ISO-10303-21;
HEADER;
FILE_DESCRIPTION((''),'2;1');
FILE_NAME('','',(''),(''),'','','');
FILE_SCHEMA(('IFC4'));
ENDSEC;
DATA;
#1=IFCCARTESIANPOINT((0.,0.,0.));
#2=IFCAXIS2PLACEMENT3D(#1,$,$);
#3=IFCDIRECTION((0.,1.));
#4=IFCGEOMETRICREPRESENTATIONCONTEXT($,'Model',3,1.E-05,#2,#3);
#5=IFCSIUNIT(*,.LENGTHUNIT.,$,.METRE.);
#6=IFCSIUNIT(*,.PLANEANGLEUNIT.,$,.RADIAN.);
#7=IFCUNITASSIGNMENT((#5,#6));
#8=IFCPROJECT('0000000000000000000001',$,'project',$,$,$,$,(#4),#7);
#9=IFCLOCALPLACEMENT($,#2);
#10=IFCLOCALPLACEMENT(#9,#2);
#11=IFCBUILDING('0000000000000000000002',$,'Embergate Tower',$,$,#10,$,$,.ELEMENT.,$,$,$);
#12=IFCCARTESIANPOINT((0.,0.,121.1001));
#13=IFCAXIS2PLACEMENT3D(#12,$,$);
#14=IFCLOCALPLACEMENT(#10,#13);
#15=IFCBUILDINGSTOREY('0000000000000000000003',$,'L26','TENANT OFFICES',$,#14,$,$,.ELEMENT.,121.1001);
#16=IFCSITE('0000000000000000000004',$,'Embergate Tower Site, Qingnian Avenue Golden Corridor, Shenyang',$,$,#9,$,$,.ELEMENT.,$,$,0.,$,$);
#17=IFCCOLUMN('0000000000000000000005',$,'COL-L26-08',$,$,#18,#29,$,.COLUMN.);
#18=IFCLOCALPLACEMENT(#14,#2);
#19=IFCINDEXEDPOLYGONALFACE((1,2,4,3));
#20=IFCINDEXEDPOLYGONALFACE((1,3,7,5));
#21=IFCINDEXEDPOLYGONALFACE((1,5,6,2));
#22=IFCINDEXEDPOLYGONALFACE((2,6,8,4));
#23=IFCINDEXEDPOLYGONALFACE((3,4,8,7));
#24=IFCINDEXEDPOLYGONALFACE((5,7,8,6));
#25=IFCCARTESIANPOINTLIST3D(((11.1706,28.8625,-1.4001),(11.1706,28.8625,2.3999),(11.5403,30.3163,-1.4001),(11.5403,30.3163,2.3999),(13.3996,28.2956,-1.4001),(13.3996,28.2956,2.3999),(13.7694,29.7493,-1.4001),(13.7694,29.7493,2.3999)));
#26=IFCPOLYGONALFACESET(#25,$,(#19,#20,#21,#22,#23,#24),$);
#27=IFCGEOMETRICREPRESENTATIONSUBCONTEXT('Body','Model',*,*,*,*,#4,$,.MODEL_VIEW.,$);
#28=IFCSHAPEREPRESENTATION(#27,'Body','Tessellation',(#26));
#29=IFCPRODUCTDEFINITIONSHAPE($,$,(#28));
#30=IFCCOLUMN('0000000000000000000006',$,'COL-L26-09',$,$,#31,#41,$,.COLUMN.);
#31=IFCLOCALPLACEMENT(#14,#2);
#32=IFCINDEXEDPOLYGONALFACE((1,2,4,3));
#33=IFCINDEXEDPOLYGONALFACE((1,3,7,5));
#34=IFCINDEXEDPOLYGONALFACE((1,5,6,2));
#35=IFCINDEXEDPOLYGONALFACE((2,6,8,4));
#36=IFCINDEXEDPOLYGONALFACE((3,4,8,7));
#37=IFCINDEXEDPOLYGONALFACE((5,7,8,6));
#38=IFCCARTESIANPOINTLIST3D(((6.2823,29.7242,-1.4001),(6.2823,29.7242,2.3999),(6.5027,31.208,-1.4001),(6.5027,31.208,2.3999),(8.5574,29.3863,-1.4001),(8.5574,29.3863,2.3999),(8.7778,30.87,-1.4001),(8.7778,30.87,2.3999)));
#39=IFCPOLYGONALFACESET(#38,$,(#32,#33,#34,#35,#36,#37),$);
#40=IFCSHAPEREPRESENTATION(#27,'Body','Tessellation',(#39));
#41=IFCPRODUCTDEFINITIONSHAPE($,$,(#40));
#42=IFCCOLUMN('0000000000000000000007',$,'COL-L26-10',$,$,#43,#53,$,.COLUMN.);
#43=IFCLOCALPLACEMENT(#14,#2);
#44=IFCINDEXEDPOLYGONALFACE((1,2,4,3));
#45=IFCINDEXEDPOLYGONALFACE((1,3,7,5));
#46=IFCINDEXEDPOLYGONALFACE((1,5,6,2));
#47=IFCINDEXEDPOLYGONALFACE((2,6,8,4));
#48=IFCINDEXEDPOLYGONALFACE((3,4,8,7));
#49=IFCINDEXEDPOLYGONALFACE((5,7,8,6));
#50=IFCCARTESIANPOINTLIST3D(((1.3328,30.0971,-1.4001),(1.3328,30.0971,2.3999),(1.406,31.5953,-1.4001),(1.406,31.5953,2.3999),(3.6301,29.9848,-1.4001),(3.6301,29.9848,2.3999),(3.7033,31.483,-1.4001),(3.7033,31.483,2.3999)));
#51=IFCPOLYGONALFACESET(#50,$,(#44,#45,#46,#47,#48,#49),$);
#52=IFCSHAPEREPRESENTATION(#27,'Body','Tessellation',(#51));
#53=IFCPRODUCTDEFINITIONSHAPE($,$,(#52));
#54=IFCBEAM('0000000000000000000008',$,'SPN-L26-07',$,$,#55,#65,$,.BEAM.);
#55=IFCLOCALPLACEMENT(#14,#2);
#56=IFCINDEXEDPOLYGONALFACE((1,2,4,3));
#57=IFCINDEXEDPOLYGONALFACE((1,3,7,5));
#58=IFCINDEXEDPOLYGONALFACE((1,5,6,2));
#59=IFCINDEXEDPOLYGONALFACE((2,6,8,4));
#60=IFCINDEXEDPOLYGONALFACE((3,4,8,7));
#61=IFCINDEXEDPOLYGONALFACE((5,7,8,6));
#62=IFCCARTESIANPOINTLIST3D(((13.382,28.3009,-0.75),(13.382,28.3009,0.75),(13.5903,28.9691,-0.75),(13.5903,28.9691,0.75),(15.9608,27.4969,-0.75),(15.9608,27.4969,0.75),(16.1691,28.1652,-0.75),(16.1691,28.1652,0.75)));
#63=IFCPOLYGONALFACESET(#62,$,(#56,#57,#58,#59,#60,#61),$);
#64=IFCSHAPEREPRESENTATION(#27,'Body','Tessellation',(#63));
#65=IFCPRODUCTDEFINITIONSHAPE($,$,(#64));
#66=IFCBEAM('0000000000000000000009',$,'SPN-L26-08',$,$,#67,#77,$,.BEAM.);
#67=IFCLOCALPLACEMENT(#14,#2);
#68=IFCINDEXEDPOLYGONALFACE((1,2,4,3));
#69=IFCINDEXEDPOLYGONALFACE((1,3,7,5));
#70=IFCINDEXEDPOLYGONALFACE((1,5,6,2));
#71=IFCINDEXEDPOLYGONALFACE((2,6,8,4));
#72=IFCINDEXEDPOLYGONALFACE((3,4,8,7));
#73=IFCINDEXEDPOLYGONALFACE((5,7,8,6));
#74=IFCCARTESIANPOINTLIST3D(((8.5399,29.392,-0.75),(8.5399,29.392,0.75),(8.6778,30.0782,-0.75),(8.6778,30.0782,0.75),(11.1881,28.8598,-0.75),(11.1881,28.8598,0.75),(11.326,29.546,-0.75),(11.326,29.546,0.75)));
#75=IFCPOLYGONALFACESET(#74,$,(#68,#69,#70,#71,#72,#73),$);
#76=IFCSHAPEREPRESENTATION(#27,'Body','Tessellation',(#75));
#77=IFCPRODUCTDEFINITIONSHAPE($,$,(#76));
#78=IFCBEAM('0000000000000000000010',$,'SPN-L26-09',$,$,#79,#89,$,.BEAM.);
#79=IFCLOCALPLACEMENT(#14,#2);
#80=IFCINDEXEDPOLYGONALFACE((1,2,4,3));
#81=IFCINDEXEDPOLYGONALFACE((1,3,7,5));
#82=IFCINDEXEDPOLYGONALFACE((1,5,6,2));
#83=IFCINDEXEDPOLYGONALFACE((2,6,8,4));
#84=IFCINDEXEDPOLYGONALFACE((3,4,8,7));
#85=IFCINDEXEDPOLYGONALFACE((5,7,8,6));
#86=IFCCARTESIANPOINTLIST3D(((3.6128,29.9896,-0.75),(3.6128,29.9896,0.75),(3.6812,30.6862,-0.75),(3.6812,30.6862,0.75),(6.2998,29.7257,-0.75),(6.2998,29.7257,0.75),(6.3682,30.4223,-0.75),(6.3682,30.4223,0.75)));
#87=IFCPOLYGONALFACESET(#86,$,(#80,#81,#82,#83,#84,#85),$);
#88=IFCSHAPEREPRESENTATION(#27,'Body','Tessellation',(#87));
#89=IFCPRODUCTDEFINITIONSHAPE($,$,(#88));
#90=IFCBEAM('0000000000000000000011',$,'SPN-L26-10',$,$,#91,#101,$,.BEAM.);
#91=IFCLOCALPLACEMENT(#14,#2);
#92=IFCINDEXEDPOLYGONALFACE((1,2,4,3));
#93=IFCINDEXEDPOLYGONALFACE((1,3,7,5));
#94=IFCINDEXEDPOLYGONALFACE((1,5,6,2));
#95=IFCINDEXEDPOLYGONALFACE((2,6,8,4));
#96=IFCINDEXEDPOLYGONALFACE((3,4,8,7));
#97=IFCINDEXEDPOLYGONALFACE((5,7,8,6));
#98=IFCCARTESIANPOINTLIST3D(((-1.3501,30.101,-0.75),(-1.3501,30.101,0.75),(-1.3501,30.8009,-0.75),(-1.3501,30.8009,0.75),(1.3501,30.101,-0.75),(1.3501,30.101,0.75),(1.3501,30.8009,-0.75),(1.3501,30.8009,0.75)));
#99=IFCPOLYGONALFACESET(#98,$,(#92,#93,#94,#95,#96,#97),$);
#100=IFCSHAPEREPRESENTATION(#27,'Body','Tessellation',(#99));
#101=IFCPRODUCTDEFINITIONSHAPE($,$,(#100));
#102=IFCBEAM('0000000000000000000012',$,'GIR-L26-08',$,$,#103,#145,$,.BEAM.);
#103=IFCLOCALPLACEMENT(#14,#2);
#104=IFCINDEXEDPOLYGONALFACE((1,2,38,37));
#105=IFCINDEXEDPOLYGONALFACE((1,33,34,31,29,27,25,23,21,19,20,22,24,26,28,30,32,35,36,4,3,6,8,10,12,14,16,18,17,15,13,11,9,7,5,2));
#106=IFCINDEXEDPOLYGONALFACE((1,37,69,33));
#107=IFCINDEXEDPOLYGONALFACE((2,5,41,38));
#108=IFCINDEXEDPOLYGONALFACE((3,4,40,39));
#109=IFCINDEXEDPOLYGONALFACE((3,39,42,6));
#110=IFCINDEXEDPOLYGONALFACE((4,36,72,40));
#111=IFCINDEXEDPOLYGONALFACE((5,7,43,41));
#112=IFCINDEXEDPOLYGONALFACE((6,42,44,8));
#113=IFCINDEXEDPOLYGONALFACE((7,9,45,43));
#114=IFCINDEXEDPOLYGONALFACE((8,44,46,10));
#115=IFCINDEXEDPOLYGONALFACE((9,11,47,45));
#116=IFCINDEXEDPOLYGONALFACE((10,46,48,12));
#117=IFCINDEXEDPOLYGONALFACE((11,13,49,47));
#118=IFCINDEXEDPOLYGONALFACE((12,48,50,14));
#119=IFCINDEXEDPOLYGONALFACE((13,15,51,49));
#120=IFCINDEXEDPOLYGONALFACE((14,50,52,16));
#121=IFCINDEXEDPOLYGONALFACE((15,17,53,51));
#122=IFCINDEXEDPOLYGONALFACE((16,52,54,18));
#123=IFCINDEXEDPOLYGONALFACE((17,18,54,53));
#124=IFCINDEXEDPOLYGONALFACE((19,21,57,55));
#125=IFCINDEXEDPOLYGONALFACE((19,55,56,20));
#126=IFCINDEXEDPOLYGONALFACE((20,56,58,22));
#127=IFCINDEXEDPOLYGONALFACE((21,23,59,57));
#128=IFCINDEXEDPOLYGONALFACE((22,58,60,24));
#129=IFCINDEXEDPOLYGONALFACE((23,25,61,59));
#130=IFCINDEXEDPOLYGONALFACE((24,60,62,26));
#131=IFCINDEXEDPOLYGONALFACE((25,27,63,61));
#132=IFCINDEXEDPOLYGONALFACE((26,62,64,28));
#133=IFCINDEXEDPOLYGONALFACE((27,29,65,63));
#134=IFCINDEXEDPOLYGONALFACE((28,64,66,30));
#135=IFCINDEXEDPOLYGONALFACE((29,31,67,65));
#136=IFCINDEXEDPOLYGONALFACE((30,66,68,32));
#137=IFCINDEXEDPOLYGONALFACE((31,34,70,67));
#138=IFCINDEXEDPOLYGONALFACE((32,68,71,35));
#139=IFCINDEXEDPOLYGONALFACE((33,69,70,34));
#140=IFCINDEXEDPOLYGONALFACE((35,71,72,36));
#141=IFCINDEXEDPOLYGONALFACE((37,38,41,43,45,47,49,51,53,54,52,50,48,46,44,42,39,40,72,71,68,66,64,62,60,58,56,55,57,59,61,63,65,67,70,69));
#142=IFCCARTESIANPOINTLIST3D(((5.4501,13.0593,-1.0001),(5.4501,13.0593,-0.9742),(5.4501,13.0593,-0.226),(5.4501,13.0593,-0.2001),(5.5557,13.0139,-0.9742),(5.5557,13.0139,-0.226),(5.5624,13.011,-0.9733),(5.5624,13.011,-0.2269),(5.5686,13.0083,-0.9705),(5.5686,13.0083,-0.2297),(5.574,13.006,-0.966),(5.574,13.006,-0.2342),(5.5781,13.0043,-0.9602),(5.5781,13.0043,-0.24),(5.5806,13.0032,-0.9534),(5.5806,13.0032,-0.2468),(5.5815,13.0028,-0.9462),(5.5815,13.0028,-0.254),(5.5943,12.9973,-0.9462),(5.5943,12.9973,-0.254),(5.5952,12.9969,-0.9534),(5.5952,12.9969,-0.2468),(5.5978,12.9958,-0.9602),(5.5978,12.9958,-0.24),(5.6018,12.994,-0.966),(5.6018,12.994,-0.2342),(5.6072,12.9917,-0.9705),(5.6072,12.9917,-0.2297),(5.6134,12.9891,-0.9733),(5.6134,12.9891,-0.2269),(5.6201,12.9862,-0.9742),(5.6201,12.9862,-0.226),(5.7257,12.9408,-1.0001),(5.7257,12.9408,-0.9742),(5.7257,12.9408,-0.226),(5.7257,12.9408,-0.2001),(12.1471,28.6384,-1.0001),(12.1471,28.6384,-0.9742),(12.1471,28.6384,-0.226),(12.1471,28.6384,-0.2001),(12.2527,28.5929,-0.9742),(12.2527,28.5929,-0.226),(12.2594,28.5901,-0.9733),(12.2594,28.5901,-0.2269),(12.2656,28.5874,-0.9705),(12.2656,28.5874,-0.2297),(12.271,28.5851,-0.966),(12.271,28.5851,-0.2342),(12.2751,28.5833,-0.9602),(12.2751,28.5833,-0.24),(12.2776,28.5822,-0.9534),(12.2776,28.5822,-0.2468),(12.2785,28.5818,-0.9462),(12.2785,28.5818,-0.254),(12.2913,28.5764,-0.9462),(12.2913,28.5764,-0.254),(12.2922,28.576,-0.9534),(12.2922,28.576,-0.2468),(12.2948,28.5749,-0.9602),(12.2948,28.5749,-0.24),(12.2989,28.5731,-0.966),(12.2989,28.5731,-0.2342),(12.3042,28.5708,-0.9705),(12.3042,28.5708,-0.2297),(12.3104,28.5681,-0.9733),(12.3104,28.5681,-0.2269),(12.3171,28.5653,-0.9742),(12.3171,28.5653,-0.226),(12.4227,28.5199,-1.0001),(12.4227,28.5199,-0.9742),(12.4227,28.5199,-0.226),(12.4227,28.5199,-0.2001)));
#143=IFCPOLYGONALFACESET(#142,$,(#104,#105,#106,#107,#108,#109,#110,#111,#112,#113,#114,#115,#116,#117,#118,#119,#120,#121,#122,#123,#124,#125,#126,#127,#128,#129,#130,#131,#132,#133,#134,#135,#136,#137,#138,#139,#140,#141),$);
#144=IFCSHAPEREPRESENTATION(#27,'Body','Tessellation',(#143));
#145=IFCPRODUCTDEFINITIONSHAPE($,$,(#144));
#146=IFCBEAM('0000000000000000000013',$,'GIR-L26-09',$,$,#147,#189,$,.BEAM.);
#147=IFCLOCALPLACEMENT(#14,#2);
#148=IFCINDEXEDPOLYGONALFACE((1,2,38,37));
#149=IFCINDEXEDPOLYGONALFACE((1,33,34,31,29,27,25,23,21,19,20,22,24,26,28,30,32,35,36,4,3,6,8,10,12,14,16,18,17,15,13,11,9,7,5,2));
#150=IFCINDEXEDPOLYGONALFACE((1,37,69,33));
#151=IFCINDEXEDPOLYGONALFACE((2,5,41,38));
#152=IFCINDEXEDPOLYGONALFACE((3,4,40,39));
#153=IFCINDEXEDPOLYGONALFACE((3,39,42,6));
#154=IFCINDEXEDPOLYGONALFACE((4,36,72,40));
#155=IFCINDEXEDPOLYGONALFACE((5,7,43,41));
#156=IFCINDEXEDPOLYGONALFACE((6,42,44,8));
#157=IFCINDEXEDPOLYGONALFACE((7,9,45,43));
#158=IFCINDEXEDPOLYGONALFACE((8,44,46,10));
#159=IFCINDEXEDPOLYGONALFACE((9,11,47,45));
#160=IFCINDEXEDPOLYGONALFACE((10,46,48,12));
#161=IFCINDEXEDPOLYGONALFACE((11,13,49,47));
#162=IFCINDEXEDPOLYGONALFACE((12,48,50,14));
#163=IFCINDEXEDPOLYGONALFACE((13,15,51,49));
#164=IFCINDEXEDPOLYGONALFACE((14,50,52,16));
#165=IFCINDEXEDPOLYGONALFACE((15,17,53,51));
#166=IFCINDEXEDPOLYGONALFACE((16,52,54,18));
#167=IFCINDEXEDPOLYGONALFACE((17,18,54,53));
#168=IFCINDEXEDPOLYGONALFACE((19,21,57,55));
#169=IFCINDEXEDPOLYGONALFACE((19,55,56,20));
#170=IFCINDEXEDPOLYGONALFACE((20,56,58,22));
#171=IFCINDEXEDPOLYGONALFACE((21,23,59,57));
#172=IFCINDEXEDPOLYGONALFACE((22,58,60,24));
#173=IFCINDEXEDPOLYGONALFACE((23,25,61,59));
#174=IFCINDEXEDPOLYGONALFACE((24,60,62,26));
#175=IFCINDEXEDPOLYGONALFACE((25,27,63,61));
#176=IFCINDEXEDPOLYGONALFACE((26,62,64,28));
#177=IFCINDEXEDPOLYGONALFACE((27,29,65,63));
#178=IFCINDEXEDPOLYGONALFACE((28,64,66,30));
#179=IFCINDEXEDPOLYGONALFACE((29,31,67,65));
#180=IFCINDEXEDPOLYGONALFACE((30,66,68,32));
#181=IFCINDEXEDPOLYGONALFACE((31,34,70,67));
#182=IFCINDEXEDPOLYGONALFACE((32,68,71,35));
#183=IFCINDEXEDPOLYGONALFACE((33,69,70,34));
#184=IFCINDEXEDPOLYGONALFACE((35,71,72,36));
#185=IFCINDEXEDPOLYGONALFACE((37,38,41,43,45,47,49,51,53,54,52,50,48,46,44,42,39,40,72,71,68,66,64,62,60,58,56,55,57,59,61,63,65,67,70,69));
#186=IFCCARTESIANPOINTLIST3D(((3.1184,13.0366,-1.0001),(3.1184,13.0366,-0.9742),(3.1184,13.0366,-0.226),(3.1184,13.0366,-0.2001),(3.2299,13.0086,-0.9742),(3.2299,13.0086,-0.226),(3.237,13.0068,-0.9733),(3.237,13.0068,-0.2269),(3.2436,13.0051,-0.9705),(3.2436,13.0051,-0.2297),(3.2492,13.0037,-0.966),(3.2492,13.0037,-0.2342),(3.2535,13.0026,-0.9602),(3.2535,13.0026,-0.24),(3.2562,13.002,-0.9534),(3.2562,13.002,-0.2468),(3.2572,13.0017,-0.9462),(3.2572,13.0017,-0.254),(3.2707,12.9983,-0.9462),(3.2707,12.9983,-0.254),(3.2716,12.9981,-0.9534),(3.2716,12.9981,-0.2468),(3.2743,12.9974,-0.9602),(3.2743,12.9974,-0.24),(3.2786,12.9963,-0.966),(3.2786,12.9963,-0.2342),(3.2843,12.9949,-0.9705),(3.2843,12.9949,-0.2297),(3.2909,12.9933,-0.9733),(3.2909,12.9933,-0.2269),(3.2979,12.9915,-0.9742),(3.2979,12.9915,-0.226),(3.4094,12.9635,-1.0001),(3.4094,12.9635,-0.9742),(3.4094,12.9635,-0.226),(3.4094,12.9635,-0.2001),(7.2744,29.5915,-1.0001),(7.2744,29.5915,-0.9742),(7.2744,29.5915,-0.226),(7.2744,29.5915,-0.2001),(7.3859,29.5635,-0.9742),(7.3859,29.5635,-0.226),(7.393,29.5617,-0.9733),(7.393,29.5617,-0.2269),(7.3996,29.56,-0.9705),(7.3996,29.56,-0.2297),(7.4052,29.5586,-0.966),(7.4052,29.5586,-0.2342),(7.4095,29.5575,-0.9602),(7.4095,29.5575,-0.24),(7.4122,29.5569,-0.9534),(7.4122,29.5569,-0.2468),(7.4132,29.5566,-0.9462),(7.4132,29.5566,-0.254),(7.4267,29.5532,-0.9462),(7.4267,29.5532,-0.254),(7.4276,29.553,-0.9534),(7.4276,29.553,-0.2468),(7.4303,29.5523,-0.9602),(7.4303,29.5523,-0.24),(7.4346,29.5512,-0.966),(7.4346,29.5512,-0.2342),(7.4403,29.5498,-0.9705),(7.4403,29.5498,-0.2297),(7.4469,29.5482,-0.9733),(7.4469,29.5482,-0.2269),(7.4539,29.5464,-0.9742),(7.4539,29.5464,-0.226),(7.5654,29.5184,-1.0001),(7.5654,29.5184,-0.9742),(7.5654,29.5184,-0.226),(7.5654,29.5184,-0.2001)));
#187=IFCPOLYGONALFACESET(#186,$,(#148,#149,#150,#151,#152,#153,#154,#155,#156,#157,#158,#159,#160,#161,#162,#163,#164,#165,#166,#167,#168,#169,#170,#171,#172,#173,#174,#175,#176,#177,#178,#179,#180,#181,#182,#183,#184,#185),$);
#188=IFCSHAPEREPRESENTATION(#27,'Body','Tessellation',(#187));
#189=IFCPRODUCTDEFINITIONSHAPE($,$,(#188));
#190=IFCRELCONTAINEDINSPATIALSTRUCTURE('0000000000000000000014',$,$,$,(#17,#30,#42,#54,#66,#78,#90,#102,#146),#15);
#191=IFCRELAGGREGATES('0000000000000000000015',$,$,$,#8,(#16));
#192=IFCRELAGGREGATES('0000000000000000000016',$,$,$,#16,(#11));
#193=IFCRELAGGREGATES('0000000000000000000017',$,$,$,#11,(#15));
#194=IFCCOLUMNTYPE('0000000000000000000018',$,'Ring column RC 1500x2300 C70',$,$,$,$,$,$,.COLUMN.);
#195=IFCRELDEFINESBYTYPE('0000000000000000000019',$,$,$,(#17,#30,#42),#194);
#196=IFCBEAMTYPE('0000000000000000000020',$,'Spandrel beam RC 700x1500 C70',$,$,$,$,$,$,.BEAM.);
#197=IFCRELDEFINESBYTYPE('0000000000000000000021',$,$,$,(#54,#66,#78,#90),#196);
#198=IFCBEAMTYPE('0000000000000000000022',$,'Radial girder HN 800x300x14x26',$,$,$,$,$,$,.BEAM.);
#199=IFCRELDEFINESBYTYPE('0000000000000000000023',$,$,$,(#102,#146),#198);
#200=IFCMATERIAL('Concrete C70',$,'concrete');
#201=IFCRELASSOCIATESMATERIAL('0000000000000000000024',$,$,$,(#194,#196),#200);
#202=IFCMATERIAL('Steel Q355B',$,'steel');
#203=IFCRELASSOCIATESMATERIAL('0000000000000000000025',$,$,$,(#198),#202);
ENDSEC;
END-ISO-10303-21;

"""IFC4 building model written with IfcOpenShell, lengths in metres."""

from ifc_helpers import new_model, si_unit, direction, frame, origin, origin_2d, place, context, subcontext, project, spatial, rectangle, i_section, extrude, source, transform, mapped, material, material_profile, profile_set, type_object, element, save


model = new_model("IFC4")

# Units and contexts
model_context = context("Model", 3, precision=1e-05, world=origin(), true_north=direction((0.0, 1.0)))
body_context = subcontext(model_context, "Body", "Model", "MODEL_VIEW")
ifc_project = project(units=[si_unit("LENGTHUNIT", "METRE"), si_unit("PLANEANGLEUNIT", "RADIAN")], contexts=[model_context])

# Site, building, storey
site_placement = place(None, origin())
site = spatial("IfcSite", under=ifc_project, at=site_placement, Name="Embergate Tower Site, Qingnian Avenue Golden Corridor, Shenyang", CompositionType="ELEMENT", RefElevation=0.0)
building_placement = place(site_placement, origin())
building = spatial("IfcBuilding", under=site, at=building_placement, Name="Embergate Tower", CompositionType="ELEMENT")
storey_placement = place(building_placement, frame((0.0, 0.0, 121.1001)))
storey = spatial("IfcBuildingStorey", under=building, at=storey_placement, Name="L26", Description="TENANT OFFICES", CompositionType="ELEMENT", Elevation=121.1001)

# Columns
ifc_material_1 = material(Name="Concrete C70", Category="concrete")
ifc_material_profile_1 = material_profile(ifc_material_1, rectangle(XDim=1.5, YDim=2.3, at=origin_2d()), Name="RC 1500x2300")
ifc_profile_set_1 = profile_set([ifc_material_profile_1], Name="Concrete C70")
column_type = type_object("IfcColumnType", Name="Ring column RC 1500x2300 C70", PredefinedType="COLUMN", material=ifc_profile_set_1)
shared_shape_1 = source(origin(), body_context, "Body", "SweptSolid", [
    extrude(rectangle(XDim=1.5, YDim=2.3, at=origin_2d()), origin(), (0.0, 0.0, 1.0), 3.8),
])
for number, where, z_axis, x_axis, name in (
    (1, (12.47, 29.3059, -1.4001), (0.0, 0.0, 1.0), (0.246509, 0.969141, 0.0), "COL-L26-08"),
    (2, (7.53, 30.2971, -1.4001), (0.0, 0.0, 1.0), (0.146929, 0.989147, 0.0), "COL-L26-09"),
    (3, (2.5181, 30.79, -1.4001), (0.0, 0.0, 1.0), (0.048815, 0.998808, 0.0), "COL-L26-10"),
):
    element("IfcColumn", number, at=place(storey_placement, frame(where, z_axis=z_axis, x_axis=x_axis)), inside=storey, type_object=column_type, Name=name, PredefinedType="COLUMN", context=body_context, shape_type="MappedRepresentation", body=[
        mapped(shared_shape_1, transform((0.0, 0.0, 0.0))),
    ])

# Beams
ifc_material_profile_2 = material_profile(ifc_material_1, rectangle(XDim=0.7, YDim=1.5, at=origin_2d()), Name="RC 700x1500")
ifc_profile_set_2 = profile_set([ifc_material_profile_2], Name="Concrete C70")
beam_type_1 = type_object("IfcBeamType", Name="Spandrel beam RC 700x1500 C70", PredefinedType="BEAM", material=ifc_profile_set_2)
shared_shape_2 = source(origin(), body_context, "Body", "SweptSolid", [
    extrude(rectangle(XDim=0.7, YDim=1.5, at=origin_2d()), origin(), (0.0, 0.0, 1.0), 2.7012),
])
for number, where, z_axis, x_axis, name in (
    (4, (16.0649, 27.8311, 0.0), (-0.954684, 0.297621, 0.0), (-0.297621, -0.954684, 0.0), "SPN-L26-07"),
    (5, (11.2571, 29.2029, 0.0), (-0.980396, 0.197037, 0.0), (-0.197037, -0.980396, 0.0), "SPN-L26-08"),
):
    element("IfcBeam", number, at=place(storey_placement, frame(where, z_axis=z_axis, x_axis=x_axis)), inside=storey, type_object=beam_type_1, Name=name, PredefinedType="BEAM", context=body_context, shape_type="MappedRepresentation", body=[
        mapped(shared_shape_2, transform((0.0, 0.0, 0.0))),
    ])
shared_shape_3 = source(origin(), body_context, "Body", "SweptSolid", [
    extrude(rectangle(XDim=0.7, YDim=1.5, at=origin_2d()), origin(), (0.0, 0.0, 1.0), 2.7),
])
beam_1_placement = place(storey_placement, frame((6.334, 30.074, 0.0), z_axis=(-0.995211, 0.097749, 0.0), x_axis=(-0.097749, -0.995211, 0.0)))
element("IfcBeam", 6, at=beam_1_placement, inside=storey, type_object=beam_type_1, Name="SPN-L26-09", PredefinedType="BEAM", context=body_context, shape_type="MappedRepresentation", body=[
    mapped(shared_shape_3, transform((0.0, 0.0, 0.0))),
])
shared_shape_4 = source(origin(), body_context, "Body", "SweptSolid", [
    extrude(rectangle(XDim=0.7, YDim=1.5, at=origin_2d()), origin(), (0.0, 0.0, 1.0), 2.7002),
])
beam_2_placement = place(storey_placement, frame((1.3501, 30.4509, 0.0), z_axis=(-1.0, 0.0, 0.0), x_axis=(0.0, -1.0, 0.0)))
element("IfcBeam", 7, at=beam_2_placement, inside=storey, type_object=beam_type_1, Name="SPN-L26-10", PredefinedType="BEAM", context=body_context, shape_type="MappedRepresentation", body=[
    mapped(shared_shape_4, transform((0.0, 0.0, 0.0))),
])
ifc_material_2 = material(Name="Steel Q355B", Category="steel")
ifc_material_profile_3 = material_profile(ifc_material_2, i_section(OverallWidth=0.3, OverallDepth=0.8, WebThickness=0.0139, FlangeThickness=0.0259, FilletRadius=0.0281, at=origin_2d()), Name="HN 800x300x14x26")
ifc_profile_set_3 = profile_set([ifc_material_profile_3], Name="Steel Q355 grade B")
beam_type_2 = type_object("IfcBeamType", Name="Radial girder HN 800x300x14x26", PredefinedType="BEAM", material=ifc_profile_set_3)
shared_shape_5 = source(origin(), body_context, "Body", "SweptSolid", [
    extrude(i_section(OverallWidth=0.3, OverallDepth=0.8, WebThickness=0.0139, FlangeThickness=0.0259, FilletRadius=0.0281, at=origin_2d()), origin(), (0.0, 0.0, 1.0), 16.9575),
])
beam_3_placement = place(storey_placement, frame((12.2849, 28.5791, -0.6001), z_axis=(-0.394929, -0.918712, 0.0), x_axis=(0.918712, -0.394929, 0.0)))
element("IfcBeam", 8, at=beam_3_placement, inside=storey, type_object=beam_type_2, Name="GIR-L26-08", PredefinedType="BEAM", context=body_context, shape_type="MappedRepresentation", body=[
    mapped(shared_shape_5, transform((0.0, 0.0, 0.0))),
])
shared_shape_6 = source(origin(), body_context, "Body", "SweptSolid", [
    extrude(i_section(OverallWidth=0.3, OverallDepth=0.8, WebThickness=0.0139, FlangeThickness=0.0259, FilletRadius=0.0281, at=origin_2d()), origin(), (0.0, 0.0, 1.0), 17.0686),
])
beam_4_placement = place(storey_placement, frame((7.4199, 29.5549, -0.6001), z_axis=(-0.243488, -0.969904, 0.0), x_axis=(0.969904, -0.243488, 0.0)))
element("IfcBeam", 9, at=beam_4_placement, inside=storey, type_object=beam_type_2, Name="GIR-L26-09", PredefinedType="BEAM", context=body_context, shape_type="MappedRepresentation", body=[
    mapped(shared_shape_6, transform((0.0, 0.0, 0.0))),
])

save(model, "model.ifc")
